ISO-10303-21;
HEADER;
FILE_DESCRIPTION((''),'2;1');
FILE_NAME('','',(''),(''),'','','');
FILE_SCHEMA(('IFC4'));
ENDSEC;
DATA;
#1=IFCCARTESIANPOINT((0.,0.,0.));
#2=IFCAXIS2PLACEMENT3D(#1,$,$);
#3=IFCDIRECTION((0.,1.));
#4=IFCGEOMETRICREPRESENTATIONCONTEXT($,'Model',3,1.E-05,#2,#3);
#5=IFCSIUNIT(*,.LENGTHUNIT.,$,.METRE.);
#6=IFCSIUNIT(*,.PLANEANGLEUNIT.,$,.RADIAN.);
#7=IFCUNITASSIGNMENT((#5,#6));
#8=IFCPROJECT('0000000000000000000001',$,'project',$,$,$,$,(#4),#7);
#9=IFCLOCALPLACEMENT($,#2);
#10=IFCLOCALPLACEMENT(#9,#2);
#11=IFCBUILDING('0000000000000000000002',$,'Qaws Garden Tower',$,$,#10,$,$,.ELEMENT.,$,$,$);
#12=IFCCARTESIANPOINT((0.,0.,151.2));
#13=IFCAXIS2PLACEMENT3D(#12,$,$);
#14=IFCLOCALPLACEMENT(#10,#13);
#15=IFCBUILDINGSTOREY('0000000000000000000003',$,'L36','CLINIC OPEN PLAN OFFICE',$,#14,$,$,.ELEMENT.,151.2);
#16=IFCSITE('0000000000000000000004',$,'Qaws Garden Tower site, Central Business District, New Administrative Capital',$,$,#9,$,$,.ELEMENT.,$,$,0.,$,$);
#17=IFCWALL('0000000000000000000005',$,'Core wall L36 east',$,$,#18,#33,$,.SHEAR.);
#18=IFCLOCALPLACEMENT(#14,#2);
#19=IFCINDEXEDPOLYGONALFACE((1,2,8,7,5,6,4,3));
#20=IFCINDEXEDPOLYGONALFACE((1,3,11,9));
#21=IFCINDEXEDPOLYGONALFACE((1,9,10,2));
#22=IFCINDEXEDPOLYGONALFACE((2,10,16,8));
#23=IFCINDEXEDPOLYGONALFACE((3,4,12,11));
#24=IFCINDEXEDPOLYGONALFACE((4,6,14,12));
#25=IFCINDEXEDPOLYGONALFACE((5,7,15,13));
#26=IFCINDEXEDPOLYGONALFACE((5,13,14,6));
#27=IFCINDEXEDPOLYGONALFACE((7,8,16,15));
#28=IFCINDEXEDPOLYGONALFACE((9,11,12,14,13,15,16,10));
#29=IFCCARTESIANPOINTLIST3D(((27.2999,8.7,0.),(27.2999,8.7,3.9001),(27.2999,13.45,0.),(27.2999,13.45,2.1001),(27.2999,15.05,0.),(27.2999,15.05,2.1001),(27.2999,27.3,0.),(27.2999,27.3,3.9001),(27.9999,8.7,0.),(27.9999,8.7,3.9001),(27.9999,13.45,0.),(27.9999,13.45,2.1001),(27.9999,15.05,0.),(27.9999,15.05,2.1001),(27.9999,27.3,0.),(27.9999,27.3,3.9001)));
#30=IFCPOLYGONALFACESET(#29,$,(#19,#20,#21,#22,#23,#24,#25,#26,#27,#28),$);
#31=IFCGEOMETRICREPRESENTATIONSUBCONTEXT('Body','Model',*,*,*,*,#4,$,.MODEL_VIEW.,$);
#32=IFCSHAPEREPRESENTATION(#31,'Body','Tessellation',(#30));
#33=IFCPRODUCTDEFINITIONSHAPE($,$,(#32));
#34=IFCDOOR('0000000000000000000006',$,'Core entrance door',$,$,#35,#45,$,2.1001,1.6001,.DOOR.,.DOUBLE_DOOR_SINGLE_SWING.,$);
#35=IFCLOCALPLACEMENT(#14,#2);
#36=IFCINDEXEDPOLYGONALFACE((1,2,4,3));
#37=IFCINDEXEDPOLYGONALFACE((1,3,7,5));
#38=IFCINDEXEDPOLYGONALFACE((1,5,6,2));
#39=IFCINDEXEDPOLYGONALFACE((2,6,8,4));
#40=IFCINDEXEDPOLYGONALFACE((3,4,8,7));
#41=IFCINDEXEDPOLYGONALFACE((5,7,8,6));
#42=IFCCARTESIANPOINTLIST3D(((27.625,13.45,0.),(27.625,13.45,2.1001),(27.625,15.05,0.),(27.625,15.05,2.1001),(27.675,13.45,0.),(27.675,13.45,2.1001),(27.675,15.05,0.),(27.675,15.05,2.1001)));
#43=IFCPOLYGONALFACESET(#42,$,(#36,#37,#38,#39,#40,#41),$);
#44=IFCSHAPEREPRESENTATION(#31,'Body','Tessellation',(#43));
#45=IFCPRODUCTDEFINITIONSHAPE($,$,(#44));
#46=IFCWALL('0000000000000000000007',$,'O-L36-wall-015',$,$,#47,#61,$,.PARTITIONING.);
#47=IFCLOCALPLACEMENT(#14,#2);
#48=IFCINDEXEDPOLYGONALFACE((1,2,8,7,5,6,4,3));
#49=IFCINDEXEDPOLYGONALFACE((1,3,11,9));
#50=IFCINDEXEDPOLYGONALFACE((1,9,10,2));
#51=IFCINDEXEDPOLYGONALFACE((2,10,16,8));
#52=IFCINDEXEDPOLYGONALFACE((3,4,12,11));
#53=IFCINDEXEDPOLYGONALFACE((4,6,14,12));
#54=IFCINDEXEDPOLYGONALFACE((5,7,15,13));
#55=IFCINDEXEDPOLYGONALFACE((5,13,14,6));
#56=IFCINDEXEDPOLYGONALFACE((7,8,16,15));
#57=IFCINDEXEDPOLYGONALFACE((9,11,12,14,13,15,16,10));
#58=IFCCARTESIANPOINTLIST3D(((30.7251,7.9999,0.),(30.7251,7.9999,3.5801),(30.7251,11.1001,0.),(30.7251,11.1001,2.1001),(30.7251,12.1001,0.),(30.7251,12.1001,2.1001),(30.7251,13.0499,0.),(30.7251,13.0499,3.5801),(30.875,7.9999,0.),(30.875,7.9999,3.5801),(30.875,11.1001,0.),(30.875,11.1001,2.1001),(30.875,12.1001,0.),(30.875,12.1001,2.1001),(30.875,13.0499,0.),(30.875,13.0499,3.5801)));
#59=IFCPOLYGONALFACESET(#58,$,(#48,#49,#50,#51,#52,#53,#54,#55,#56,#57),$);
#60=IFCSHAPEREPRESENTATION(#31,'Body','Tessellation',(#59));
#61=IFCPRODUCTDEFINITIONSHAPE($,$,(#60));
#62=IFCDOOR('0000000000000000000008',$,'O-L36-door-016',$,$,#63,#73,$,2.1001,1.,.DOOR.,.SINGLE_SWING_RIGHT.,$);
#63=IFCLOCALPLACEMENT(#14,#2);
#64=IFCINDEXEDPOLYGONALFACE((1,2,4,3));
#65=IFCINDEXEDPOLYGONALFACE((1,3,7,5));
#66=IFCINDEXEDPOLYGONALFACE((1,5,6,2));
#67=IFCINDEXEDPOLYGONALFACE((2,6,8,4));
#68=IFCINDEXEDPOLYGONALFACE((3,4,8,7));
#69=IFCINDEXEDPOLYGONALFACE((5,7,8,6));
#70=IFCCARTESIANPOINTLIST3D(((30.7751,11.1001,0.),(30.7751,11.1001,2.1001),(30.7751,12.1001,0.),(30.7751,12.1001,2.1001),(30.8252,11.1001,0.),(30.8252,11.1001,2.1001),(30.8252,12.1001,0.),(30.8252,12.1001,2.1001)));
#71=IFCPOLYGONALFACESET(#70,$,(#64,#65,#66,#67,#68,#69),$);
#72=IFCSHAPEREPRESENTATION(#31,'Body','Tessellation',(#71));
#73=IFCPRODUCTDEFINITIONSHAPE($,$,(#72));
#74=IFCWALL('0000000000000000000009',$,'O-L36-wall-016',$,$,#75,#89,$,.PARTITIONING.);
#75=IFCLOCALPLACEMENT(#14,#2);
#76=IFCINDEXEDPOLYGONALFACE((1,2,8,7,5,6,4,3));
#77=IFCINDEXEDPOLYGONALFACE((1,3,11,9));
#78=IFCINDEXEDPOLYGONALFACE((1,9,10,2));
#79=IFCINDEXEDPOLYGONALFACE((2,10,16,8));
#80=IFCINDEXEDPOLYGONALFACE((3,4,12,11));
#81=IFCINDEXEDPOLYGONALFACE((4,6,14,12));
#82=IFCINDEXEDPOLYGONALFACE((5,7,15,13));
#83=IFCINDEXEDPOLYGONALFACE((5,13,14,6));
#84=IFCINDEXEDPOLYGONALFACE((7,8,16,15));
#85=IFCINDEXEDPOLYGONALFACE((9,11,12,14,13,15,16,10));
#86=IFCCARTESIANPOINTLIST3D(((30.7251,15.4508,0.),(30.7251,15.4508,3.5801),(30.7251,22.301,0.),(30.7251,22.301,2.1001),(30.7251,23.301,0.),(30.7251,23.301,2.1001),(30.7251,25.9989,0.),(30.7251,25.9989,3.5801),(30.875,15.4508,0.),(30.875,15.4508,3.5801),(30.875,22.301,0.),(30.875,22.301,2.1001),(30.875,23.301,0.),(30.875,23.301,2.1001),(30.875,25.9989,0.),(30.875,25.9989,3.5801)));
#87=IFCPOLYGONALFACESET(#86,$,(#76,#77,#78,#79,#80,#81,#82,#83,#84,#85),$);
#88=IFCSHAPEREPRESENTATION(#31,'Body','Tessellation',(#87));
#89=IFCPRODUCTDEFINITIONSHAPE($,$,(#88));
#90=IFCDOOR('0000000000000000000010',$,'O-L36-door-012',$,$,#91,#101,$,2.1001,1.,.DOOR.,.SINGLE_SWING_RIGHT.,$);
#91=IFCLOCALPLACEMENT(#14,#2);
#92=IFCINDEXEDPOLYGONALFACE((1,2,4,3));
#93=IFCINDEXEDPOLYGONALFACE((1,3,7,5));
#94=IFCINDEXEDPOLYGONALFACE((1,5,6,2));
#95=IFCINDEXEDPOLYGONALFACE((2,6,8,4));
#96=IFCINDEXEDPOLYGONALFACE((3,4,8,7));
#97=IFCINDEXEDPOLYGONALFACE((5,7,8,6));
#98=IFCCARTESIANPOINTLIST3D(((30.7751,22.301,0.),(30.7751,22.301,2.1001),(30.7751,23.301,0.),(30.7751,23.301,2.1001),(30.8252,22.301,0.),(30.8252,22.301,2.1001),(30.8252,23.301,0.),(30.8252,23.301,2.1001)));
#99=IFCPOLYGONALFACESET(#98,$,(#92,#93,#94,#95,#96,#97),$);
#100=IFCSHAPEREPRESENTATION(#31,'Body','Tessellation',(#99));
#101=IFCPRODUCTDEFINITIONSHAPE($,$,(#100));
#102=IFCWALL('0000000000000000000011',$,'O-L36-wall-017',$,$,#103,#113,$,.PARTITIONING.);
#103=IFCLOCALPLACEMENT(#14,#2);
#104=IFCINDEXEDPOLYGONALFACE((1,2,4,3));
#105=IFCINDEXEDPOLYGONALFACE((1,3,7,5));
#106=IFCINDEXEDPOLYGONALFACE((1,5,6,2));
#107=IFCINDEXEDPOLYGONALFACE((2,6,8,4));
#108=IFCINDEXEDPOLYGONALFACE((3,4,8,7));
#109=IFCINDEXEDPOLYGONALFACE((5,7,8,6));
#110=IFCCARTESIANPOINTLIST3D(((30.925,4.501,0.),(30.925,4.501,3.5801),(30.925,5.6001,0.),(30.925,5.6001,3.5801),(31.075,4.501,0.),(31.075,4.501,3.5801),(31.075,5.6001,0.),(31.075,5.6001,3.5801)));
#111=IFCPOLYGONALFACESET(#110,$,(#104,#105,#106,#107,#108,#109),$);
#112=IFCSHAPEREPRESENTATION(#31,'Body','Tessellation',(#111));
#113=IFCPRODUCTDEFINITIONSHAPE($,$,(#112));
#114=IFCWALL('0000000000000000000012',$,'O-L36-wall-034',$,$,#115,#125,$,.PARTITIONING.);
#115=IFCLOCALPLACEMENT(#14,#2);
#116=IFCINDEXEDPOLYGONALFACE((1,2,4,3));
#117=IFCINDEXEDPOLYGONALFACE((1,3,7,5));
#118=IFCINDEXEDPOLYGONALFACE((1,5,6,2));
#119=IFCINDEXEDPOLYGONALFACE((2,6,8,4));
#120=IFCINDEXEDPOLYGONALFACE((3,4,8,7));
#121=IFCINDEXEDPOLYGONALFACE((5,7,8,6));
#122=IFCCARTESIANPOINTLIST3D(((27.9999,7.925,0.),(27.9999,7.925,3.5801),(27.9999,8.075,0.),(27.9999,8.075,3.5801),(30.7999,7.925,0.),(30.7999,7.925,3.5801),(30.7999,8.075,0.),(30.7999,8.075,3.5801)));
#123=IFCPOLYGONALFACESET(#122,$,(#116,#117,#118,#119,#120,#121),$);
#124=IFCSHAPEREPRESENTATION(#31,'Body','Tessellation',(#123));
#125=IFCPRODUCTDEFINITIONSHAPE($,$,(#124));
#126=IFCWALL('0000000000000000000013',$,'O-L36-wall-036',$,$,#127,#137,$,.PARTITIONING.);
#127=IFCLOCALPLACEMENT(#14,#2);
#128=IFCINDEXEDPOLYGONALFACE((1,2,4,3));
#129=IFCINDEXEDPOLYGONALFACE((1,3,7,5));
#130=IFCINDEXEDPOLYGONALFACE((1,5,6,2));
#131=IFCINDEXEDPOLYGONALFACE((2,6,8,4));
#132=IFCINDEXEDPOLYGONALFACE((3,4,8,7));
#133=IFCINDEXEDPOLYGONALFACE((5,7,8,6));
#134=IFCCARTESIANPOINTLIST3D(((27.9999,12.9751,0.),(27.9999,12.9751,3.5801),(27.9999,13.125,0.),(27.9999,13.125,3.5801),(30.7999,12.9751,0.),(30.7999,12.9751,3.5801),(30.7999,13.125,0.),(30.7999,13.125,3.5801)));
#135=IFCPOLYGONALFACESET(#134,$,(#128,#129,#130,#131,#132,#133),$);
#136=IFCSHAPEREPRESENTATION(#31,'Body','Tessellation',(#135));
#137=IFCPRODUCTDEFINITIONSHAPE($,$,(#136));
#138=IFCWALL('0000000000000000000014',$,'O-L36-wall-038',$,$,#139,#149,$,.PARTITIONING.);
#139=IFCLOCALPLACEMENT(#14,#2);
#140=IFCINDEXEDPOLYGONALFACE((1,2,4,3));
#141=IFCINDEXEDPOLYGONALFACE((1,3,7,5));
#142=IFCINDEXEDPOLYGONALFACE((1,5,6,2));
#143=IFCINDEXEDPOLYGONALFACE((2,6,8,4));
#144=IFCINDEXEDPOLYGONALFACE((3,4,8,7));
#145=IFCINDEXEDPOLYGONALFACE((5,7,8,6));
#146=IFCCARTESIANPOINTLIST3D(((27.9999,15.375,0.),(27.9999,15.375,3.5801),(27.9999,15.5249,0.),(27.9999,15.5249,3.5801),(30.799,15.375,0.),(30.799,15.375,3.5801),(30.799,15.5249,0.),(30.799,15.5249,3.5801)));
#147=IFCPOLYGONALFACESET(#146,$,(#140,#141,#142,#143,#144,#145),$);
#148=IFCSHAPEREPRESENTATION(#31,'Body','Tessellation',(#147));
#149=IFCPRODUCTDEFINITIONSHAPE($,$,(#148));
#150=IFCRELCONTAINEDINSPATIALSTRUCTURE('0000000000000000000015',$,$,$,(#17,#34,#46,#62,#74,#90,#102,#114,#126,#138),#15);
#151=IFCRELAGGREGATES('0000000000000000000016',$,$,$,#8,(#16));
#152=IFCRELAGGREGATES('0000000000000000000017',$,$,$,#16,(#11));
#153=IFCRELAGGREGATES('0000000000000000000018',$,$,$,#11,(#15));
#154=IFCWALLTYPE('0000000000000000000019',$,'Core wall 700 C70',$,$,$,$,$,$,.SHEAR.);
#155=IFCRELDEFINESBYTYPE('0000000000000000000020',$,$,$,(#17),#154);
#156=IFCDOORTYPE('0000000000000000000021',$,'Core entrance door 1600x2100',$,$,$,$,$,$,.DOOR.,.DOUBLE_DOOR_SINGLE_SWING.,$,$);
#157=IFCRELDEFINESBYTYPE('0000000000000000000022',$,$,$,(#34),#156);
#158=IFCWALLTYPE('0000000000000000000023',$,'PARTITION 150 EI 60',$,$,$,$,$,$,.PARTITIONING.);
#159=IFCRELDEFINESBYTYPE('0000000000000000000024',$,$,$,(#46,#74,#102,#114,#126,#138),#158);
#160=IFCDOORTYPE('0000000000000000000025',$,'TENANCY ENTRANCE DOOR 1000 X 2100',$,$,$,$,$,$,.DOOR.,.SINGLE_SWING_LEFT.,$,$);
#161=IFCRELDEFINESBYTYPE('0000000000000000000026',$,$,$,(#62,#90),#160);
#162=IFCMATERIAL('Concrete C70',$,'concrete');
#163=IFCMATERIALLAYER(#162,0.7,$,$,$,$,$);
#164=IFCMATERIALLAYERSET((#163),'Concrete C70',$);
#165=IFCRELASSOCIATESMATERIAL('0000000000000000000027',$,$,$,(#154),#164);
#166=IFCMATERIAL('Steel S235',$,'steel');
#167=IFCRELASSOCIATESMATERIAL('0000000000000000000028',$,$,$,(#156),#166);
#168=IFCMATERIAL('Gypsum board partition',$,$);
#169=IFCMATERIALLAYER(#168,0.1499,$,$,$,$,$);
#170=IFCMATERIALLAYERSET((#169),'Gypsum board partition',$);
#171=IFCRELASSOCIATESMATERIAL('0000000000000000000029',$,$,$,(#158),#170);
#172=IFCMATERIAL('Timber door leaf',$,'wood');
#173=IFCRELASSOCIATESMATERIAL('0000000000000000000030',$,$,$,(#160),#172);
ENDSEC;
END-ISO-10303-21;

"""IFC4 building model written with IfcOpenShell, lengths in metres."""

from ifc_helpers import new_model, si_unit, direction, frame, frame_2d, origin, place, context, subcontext, project, spatial, rectangle, extrude, material, layer, layer_set, type_object, element, fill, save


model = new_model("IFC4")

# Units and contexts
model_context = context("Model", 3, precision=1e-05, world=origin(), true_north=direction((0.0, 1.0)))
body_context = subcontext(model_context, "Body", "Model", "MODEL_VIEW")
ifc_project = project(units=[si_unit("LENGTHUNIT", "METRE"), si_unit("PLANEANGLEUNIT", "RADIAN")], contexts=[model_context])

# Site, building, storey
site_placement = place(None, origin())
site = spatial("IfcSite", under=ifc_project, at=site_placement, Name="Qaws Garden Tower site, Central Business District, New Administrative Capital", CompositionType="ELEMENT", RefElevation=0.0)
building_placement = place(site_placement, origin())
building = spatial("IfcBuilding", under=site, at=building_placement, Name="Qaws Garden Tower", CompositionType="ELEMENT")
storey_placement = place(building_placement, frame((0.0, 0.0, 151.2)))
storey = spatial("IfcBuildingStorey", under=building, at=storey_placement, Name="L36", Description="CLINIC OPEN PLAN OFFICE", CompositionType="ELEMENT", Elevation=151.2)

# Walls, openings, doors
ifc_material_1 = material(Name="Concrete C70", Category="concrete")
ifc_layer_1 = layer(ifc_material_1, 0.7)
ifc_layer_set_1 = layer_set([ifc_layer_1], Name="Concrete C70")
wall_type_1 = type_object("IfcWallType", Name="Core wall 700 C70", PredefinedType="SHEAR", material=ifc_layer_set_1)
wall_1_placement = place(storey_placement, frame((27.6499, 8.7, 0.0), z_axis=(0.0, 0.0, 1.0), x_axis=(0.0, 1.0, 0.0)))
wall_1 = element("IfcWall", 1, at=wall_1_placement, inside=storey, type_object=wall_type_1, Name="Core wall L36 east", PredefinedType="SHEAR", context=body_context, shape_type="SweptSolid", body=[
    extrude(rectangle(XDim=18.6001, YDim=0.7, at=frame_2d((9.3, 0.0))), origin(), (0.0, 0.0, 1.0), 3.9001),
])
opening_1_placement = place(wall_1_placement, frame((4.75, 0.0, 0.0)))
opening_1 = element("IfcOpeningElement", 2, at=opening_1_placement, cuts=wall_1, PredefinedType="OPENING", context=body_context, shape_type="SweptSolid", body=[
    extrude(rectangle(XDim=1.6001, YDim=2.1001, at=frame_2d((0.8, 1.05))), frame((0.0, 0.3599, 0.0), z_axis=(0.0, -1.0, 0.0), x_axis=(1.0, 0.0, 0.0)), (0.0, 0.0, 1.0), 0.72),
])
ifc_material_2 = material(Name="Steel S235", Category="steel")
door_type_1 = type_object("IfcDoorType", Name="Core entrance door 1600x2100", OperationType="DOUBLE_DOOR_SINGLE_SWING", PredefinedType="DOOR", material=ifc_material_2)
door_1_placement = place(opening_1_placement, origin())
door_1 = element("IfcDoor", 3, at=door_1_placement, inside=storey, type_object=door_type_1, Name="Core entrance door", OperationType="DOUBLE_DOOR_SINGLE_SWING", OverallHeight=2.1001, OverallWidth=1.6001, PredefinedType="DOOR", context=body_context, shape_type="SweptSolid", body=[
    extrude(rectangle(XDim=1.6001, YDim=2.1001, at=frame_2d((0.8, 1.05))), frame((0.0, 0.0249, 0.0), z_axis=(0.0, -1.0, 0.0), x_axis=(1.0, 0.0, 0.0)), (0.0, 0.0, 1.0), 0.05),
])
fill(opening_1, door_1)
ifc_material_3 = material(Name="Gypsum board partition")
ifc_layer_2 = layer(ifc_material_3, 0.1499)
ifc_layer_set_2 = layer_set([ifc_layer_2], Name="Gypsum board partition")
wall_type_2 = type_object("IfcWallType", Name="PARTITION 150 EI 60", PredefinedType="PARTITIONING", material=ifc_layer_set_2)
wall_2_placement = place(storey_placement, frame((30.8, 8.0, 0.0), z_axis=(0.0, 0.0, 1.0), x_axis=(0.0, 1.0, 0.0)))
wall_2 = element("IfcWall", 4, at=wall_2_placement, inside=storey, type_object=wall_type_2, Name="O-L36-wall-015", PredefinedType="PARTITIONING", context=body_context, shape_type="SweptSolid", body=[
    extrude(rectangle(XDim=5.05, YDim=0.1499, at=frame_2d((2.5249, 0.0))), origin(), (0.0, 0.0, 1.0), 3.5801),
])
opening_2_placement = place(wall_2_placement, frame((3.1001, 0.0, 0.0)))
opening_2 = element("IfcOpeningElement", 5, at=opening_2_placement, cuts=wall_2, PredefinedType="OPENING", context=body_context, shape_type="SweptSolid", body=[
    extrude(rectangle(XDim=1.0, YDim=2.1001, at=frame_2d((0.5, 1.05))), frame((0.0, 0.085, 0.0), z_axis=(0.0, -1.0, 0.0), x_axis=(1.0, 0.0, 0.0)), (0.0, 0.0, 1.0), 0.1699),
])
ifc_material_4 = material(Name="Timber door leaf", Category="wood")
door_type_2 = type_object("IfcDoorType", Name="TENANCY ENTRANCE DOOR 1000 X 2100", OperationType="SINGLE_SWING_LEFT", PredefinedType="DOOR", material=ifc_material_4)
door_2_placement = place(opening_2_placement, origin())
door_2 = element("IfcDoor", 6, at=door_2_placement, inside=storey, type_object=door_type_2, Name="O-L36-door-016", OperationType="SINGLE_SWING_RIGHT", OverallHeight=2.1001, OverallWidth=1.0, PredefinedType="DOOR", context=body_context, shape_type="SweptSolid", body=[
    extrude(rectangle(XDim=1.0, YDim=2.1001, at=frame_2d((0.5, 1.05))), frame((0.0, 0.0249, 0.0), z_axis=(0.0, -1.0, 0.0), x_axis=(1.0, 0.0, 0.0)), (0.0, 0.0, 1.0), 0.05),
])
fill(opening_2, door_2)
wall_3_placement = place(storey_placement, frame((30.8, 15.4509, 0.0), z_axis=(0.0, 0.0, 1.0), x_axis=(0.0, 1.0, 0.0)))
wall_3 = element("IfcWall", 7, at=wall_3_placement, inside=storey, type_object=wall_type_2, Name="O-L36-wall-016", PredefinedType="PARTITIONING", context=body_context, shape_type="SweptSolid", body=[
    extrude(rectangle(XDim=10.5481, YDim=0.1499, at=frame_2d((5.2739, 0.0))), origin(), (0.0, 0.0, 1.0), 3.5801),
])
opening_3_placement = place(wall_3_placement, frame((6.8501, 0.0, 0.0)))
opening_3 = element("IfcOpeningElement", 8, at=opening_3_placement, cuts=wall_3, PredefinedType="OPENING", context=body_context, shape_type="SweptSolid", body=[
    extrude(rectangle(XDim=1.0, YDim=2.1001, at=frame_2d((0.5, 1.05))), frame((0.0, 0.085, 0.0), z_axis=(0.0, -1.0, 0.0), x_axis=(1.0, 0.0, 0.0)), (0.0, 0.0, 1.0), 0.1699),
])
door_3_placement = place(opening_3_placement, origin())
door_3 = element("IfcDoor", 9, at=door_3_placement, inside=storey, type_object=door_type_2, Name="O-L36-door-012", OperationType="SINGLE_SWING_RIGHT", OverallHeight=2.1001, OverallWidth=1.0, PredefinedType="DOOR", context=body_context, shape_type="SweptSolid", body=[
    extrude(rectangle(XDim=1.0, YDim=2.1001, at=frame_2d((0.5, 1.05))), frame((0.0, 0.0249, 0.0), z_axis=(0.0, -1.0, 0.0), x_axis=(1.0, 0.0, 0.0)), (0.0, 0.0, 1.0), 0.05),
])
fill(opening_3, door_3)

# Walls
wall_4_placement = place(storey_placement, frame((31.0, 4.501, 0.0), z_axis=(0.0, 0.0, 1.0), x_axis=(0.0, 1.0, 0.0)))
element("IfcWall", 10, at=wall_4_placement, inside=storey, type_object=wall_type_2, Name="O-L36-wall-017", PredefinedType="PARTITIONING", context=body_context, shape_type="SweptSolid", body=[
    extrude(rectangle(XDim=1.0991, YDim=0.1499, at=frame_2d((0.5496, 0.0))), origin(), (0.0, 0.0, 1.0), 3.5801),
])
for number, where, z_axis, x_axis, name in (
    (11, (28.0, 8.0, 0.0), (0.0, 0.0, 1.0), (1.0, 0.0, 0.0), "O-L36-wall-034"),
    (12, (28.0, 13.05, 0.0), (0.0, 0.0, 1.0), (1.0, 0.0, 0.0), "O-L36-wall-036"),
):
    element("IfcWall", number, at=place(storey_placement, frame(where, z_axis=z_axis, x_axis=x_axis)), inside=storey, type_object=wall_type_2, Name=name, PredefinedType="PARTITIONING", context=body_context, shape_type="SweptSolid", body=[
        extrude(rectangle(XDim=2.8, YDim=0.1499, at=frame_2d((1.3999, 0.0))), origin(), (0.0, 0.0, 1.0), 3.5801),
    ])
wall_5_placement = place(storey_placement, frame((28.0, 15.45, 0.0), z_axis=(0.0, 0.0, 1.0), x_axis=(1.0, 0.0, 0.0)))
element("IfcWall", 13, at=wall_5_placement, inside=storey, type_object=wall_type_2, Name="O-L36-wall-038", PredefinedType="PARTITIONING", context=body_context, shape_type="SweptSolid", body=[
    extrude(rectangle(XDim=2.7991, YDim=0.1499, at=frame_2d((1.3994, 0.0))), origin(), (0.0, 0.0, 1.0), 3.5801),
])

save(model, "model.ifc")
